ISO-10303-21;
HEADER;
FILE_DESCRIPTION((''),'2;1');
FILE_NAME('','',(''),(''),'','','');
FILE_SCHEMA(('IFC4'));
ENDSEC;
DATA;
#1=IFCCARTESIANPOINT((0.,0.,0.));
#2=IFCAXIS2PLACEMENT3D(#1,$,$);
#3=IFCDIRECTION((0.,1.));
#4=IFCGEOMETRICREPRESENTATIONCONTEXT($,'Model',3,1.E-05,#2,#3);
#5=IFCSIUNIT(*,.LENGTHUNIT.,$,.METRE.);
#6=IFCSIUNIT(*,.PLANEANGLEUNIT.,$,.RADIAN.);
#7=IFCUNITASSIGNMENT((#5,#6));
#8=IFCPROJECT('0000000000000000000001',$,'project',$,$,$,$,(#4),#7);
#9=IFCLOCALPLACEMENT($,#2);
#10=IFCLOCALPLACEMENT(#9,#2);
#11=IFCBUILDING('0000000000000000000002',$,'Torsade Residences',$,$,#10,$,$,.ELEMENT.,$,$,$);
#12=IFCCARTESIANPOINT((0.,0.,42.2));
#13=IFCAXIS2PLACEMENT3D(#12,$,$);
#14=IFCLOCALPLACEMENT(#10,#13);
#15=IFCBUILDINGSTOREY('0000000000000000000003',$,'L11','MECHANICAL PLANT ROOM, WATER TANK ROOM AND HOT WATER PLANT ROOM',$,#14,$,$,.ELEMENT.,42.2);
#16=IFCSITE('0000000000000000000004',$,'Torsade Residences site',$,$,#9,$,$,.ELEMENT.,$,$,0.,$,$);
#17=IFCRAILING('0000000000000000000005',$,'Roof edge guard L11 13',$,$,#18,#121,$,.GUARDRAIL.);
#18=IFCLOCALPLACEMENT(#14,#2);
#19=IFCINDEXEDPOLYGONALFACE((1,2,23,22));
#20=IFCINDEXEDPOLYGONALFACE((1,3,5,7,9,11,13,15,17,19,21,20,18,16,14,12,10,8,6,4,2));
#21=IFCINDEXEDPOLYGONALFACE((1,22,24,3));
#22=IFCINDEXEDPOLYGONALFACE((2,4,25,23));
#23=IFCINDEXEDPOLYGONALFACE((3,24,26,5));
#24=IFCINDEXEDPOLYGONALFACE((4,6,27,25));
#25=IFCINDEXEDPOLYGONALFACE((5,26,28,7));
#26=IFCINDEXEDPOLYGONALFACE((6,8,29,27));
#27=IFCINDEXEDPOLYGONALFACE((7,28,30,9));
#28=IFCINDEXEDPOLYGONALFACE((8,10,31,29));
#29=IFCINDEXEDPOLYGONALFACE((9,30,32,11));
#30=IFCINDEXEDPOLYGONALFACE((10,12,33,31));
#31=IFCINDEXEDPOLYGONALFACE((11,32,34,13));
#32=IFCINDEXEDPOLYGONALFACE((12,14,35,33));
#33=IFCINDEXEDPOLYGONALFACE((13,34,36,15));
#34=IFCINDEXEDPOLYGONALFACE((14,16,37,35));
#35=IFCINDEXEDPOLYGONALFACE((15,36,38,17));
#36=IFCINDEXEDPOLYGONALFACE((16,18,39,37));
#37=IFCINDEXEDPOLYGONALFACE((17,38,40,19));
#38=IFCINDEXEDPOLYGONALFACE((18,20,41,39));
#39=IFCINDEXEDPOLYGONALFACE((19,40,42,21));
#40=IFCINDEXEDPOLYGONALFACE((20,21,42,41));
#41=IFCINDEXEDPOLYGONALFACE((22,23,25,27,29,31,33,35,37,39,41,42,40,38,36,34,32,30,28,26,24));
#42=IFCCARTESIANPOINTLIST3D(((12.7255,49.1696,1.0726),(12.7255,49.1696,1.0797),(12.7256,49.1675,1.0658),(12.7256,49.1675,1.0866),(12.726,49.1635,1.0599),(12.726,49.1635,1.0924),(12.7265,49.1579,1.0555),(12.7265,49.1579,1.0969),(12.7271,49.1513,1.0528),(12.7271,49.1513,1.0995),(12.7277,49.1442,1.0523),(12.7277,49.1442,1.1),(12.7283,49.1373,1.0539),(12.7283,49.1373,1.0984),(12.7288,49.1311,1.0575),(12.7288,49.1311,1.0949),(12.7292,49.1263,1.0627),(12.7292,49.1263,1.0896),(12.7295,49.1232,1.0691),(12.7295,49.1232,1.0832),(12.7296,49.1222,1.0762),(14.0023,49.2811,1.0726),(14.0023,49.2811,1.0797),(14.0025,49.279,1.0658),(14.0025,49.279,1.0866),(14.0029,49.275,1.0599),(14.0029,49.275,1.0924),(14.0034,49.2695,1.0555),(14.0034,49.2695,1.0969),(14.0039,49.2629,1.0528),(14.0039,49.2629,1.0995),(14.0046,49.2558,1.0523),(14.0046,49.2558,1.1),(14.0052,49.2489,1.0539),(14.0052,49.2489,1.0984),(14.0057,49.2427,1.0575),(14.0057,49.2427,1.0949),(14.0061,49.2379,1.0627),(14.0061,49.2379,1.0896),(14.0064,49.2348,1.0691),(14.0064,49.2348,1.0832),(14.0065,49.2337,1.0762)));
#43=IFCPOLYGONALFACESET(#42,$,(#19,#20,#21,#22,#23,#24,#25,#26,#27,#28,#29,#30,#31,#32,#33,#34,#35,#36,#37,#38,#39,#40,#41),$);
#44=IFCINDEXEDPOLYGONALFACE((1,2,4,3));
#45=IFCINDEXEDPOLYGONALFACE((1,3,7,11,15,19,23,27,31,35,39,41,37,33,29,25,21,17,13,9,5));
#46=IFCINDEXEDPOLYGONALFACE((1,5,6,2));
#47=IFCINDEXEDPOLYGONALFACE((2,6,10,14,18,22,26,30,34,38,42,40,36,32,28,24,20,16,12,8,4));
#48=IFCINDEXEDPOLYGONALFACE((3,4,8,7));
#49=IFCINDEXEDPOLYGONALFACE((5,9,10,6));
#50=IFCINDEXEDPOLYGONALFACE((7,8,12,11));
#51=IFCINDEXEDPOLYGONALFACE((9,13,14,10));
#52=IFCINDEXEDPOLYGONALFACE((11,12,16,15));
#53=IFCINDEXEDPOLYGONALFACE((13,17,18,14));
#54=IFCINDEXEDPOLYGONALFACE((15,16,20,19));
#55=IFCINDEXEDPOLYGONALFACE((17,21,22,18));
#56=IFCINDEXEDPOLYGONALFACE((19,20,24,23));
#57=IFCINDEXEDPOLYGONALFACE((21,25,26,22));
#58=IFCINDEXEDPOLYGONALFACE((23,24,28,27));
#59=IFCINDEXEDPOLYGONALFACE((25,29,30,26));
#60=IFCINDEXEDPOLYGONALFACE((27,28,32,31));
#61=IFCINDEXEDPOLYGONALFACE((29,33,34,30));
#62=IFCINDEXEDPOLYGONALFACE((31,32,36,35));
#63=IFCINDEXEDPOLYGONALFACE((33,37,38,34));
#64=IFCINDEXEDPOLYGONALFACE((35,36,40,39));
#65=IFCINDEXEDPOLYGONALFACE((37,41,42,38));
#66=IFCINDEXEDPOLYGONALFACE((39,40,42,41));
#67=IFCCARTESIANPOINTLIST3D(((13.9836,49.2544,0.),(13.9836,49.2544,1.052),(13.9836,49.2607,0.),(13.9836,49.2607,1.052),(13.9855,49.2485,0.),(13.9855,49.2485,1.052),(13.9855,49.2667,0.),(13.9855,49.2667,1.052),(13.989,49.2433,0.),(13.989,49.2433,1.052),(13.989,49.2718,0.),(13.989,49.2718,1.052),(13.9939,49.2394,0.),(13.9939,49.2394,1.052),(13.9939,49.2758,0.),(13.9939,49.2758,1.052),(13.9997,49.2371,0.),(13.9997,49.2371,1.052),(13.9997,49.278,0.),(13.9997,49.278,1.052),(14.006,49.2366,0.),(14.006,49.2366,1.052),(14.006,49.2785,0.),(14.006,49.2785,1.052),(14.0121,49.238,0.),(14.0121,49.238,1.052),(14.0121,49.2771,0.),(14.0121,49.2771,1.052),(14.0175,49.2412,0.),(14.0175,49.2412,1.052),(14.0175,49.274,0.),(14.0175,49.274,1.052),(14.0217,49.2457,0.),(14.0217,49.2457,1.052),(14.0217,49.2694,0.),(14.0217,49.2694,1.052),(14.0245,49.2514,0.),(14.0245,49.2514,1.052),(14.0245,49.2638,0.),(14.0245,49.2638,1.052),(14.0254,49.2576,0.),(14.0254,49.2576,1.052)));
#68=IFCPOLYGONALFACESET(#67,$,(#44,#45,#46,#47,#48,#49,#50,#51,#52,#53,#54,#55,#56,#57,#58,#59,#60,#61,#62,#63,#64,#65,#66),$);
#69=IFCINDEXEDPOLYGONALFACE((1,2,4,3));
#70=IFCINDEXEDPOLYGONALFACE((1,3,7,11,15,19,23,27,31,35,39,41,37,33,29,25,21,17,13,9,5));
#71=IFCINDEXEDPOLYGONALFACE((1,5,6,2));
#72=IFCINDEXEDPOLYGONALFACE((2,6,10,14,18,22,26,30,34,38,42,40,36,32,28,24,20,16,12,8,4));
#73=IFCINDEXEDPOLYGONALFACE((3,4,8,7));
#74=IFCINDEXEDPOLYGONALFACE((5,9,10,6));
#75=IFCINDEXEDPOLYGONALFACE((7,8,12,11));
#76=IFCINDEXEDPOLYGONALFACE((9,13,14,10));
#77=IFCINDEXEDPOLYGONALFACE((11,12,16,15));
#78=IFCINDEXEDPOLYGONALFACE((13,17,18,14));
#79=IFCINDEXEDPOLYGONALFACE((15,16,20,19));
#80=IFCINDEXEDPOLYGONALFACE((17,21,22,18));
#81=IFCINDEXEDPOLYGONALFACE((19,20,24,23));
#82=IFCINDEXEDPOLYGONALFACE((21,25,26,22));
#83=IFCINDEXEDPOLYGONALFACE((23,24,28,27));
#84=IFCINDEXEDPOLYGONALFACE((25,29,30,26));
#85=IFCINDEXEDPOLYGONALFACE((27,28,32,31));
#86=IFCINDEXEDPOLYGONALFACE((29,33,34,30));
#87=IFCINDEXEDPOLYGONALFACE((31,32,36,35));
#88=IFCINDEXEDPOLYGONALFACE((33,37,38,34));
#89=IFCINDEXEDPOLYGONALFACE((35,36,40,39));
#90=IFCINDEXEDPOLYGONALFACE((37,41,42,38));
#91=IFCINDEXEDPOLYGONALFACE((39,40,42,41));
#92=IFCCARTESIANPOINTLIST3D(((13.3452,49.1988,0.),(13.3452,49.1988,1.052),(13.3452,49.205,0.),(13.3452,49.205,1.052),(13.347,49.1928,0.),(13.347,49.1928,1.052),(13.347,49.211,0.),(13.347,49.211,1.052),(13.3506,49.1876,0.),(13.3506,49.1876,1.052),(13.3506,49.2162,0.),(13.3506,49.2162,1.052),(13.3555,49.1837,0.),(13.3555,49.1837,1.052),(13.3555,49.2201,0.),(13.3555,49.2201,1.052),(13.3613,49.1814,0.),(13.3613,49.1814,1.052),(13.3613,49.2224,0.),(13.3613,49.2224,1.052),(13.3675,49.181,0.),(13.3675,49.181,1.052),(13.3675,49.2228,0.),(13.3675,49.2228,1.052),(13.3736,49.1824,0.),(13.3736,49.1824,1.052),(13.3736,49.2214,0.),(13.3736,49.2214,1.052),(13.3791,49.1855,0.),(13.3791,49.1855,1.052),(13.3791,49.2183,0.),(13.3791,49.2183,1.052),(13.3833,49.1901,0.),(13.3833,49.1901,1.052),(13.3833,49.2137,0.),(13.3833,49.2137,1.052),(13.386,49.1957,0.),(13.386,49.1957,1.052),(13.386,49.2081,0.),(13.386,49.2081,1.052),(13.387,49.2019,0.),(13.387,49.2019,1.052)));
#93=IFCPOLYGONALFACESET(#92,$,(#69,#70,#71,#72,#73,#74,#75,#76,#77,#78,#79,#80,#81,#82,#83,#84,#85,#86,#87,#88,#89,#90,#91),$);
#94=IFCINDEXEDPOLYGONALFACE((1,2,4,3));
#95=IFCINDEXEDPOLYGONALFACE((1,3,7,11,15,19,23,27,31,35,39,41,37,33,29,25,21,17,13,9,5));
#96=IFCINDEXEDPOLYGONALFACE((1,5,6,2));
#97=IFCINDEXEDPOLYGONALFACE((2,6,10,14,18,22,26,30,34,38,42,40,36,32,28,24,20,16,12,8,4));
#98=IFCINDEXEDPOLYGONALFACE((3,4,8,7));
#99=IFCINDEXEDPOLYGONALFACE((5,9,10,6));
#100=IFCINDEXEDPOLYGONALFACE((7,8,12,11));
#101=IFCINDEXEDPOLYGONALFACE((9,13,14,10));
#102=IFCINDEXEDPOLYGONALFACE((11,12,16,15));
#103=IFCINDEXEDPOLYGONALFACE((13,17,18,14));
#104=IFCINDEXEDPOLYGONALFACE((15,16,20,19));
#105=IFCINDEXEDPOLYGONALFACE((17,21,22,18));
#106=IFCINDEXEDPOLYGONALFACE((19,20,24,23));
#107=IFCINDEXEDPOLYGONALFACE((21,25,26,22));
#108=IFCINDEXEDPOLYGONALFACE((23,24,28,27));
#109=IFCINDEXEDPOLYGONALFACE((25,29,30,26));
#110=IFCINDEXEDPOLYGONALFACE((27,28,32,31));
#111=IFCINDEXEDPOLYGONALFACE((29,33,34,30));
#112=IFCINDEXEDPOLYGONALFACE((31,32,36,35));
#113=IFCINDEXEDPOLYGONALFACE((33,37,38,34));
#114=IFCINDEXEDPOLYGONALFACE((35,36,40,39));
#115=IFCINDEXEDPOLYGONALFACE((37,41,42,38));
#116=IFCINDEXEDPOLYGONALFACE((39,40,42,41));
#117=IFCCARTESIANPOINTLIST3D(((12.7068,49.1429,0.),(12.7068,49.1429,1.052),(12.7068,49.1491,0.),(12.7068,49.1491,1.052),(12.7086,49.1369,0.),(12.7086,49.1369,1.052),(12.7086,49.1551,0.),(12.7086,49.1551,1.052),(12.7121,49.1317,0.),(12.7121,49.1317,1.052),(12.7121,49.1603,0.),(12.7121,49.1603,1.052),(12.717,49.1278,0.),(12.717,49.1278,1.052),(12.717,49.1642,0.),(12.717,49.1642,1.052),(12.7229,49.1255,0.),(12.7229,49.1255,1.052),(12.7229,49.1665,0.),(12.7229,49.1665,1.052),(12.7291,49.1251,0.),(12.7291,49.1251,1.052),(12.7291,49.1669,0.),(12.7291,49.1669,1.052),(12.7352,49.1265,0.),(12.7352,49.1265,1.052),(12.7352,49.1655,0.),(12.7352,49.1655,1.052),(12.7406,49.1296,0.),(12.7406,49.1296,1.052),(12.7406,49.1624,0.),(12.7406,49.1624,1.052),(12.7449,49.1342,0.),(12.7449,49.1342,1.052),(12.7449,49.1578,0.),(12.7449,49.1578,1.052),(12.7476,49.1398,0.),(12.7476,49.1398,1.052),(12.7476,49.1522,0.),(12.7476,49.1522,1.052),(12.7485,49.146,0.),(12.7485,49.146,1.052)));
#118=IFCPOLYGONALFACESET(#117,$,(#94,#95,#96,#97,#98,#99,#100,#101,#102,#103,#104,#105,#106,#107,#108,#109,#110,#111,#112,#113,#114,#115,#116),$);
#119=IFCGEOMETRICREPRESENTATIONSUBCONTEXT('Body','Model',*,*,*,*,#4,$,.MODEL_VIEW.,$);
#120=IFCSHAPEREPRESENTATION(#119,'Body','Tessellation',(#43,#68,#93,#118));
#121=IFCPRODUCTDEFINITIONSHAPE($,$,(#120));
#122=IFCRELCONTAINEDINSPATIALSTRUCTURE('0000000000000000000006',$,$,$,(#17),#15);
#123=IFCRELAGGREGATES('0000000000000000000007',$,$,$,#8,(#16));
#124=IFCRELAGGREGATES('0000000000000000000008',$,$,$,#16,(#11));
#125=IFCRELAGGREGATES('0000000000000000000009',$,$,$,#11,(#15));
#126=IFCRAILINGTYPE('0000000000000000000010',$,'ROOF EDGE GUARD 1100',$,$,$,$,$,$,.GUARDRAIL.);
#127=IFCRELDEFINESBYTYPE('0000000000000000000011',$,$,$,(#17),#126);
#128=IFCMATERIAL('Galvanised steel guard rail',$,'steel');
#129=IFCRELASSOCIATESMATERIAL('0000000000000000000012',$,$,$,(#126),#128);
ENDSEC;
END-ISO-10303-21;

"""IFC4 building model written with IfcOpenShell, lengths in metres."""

from ifc_helpers import new_model, si_unit, direction, frame, origin, origin_2d, place, context, subcontext, project, spatial, circle, extrude, material, type_object, element, save


model = new_model("IFC4")

# Units and contexts
model_context = context("Model", 3, precision=1e-05, world=origin(), true_north=direction((0.0, 1.0)))
body_context = subcontext(model_context, "Body", "Model", "MODEL_VIEW")
ifc_project = project(units=[si_unit("LENGTHUNIT", "METRE"), si_unit("PLANEANGLEUNIT", "RADIAN")], contexts=[model_context])

# Site, building, storey
site_placement = place(None, origin())
site = spatial("IfcSite", under=ifc_project, at=site_placement, Name="Torsade Residences site", CompositionType="ELEMENT", RefElevation=0.0)
building_placement = place(site_placement, origin())
building = spatial("IfcBuilding", under=site, at=building_placement, Name="Torsade Residences", CompositionType="ELEMENT")
storey_placement = place(building_placement, frame((0.0, 0.0, 42.2)))
storey = spatial("IfcBuildingStorey", under=building, at=storey_placement, Name="L11", Description="MECHANICAL PLANT ROOM, WATER TANK ROOM AND HOT WATER PLANT ROOM", CompositionType="ELEMENT", Elevation=42.2)

# Railing
ifc_material_1 = material(Name="Galvanised steel guard rail", Category="steel")
railing_type = type_object("IfcRailingType", Name="ROOF EDGE GUARD 1100", PredefinedType="GUARDRAIL", material=ifc_material_1)
railing_1_placement = place(storey_placement, frame((14.0044, 49.2576, 0.0)))
element("IfcRailing", 1, at=railing_1_placement, inside=storey, type_object=railing_type, Name="Roof edge guard L11 13", PredefinedType="GUARDRAIL", context=body_context, shape_type="SweptSolid", body=[
    extrude(circle(Radius=0.0239, at=origin_2d()), frame((0.0, 0.0, 1.0762), z_axis=(-0.996204, -0.087049, 0.0), x_axis=(0.087049, -0.996204, 0.0)), (0.0, 0.0, 1.0), 1.2817),
    extrude(circle(Radius=0.021, at=origin_2d()), origin(), (0.0, 0.0, 1.0), 1.052),
    extrude(circle(Radius=0.021, at=origin_2d()), frame((-0.6384, -0.0557, 0.0)), (0.0, 0.0, 1.0), 1.052),
    extrude(circle(Radius=0.021, at=origin_2d()), frame((-1.2769, -0.1116, 0.0)), (0.0, 0.0, 1.0), 1.052),
])

save(model, "model.ifc")
